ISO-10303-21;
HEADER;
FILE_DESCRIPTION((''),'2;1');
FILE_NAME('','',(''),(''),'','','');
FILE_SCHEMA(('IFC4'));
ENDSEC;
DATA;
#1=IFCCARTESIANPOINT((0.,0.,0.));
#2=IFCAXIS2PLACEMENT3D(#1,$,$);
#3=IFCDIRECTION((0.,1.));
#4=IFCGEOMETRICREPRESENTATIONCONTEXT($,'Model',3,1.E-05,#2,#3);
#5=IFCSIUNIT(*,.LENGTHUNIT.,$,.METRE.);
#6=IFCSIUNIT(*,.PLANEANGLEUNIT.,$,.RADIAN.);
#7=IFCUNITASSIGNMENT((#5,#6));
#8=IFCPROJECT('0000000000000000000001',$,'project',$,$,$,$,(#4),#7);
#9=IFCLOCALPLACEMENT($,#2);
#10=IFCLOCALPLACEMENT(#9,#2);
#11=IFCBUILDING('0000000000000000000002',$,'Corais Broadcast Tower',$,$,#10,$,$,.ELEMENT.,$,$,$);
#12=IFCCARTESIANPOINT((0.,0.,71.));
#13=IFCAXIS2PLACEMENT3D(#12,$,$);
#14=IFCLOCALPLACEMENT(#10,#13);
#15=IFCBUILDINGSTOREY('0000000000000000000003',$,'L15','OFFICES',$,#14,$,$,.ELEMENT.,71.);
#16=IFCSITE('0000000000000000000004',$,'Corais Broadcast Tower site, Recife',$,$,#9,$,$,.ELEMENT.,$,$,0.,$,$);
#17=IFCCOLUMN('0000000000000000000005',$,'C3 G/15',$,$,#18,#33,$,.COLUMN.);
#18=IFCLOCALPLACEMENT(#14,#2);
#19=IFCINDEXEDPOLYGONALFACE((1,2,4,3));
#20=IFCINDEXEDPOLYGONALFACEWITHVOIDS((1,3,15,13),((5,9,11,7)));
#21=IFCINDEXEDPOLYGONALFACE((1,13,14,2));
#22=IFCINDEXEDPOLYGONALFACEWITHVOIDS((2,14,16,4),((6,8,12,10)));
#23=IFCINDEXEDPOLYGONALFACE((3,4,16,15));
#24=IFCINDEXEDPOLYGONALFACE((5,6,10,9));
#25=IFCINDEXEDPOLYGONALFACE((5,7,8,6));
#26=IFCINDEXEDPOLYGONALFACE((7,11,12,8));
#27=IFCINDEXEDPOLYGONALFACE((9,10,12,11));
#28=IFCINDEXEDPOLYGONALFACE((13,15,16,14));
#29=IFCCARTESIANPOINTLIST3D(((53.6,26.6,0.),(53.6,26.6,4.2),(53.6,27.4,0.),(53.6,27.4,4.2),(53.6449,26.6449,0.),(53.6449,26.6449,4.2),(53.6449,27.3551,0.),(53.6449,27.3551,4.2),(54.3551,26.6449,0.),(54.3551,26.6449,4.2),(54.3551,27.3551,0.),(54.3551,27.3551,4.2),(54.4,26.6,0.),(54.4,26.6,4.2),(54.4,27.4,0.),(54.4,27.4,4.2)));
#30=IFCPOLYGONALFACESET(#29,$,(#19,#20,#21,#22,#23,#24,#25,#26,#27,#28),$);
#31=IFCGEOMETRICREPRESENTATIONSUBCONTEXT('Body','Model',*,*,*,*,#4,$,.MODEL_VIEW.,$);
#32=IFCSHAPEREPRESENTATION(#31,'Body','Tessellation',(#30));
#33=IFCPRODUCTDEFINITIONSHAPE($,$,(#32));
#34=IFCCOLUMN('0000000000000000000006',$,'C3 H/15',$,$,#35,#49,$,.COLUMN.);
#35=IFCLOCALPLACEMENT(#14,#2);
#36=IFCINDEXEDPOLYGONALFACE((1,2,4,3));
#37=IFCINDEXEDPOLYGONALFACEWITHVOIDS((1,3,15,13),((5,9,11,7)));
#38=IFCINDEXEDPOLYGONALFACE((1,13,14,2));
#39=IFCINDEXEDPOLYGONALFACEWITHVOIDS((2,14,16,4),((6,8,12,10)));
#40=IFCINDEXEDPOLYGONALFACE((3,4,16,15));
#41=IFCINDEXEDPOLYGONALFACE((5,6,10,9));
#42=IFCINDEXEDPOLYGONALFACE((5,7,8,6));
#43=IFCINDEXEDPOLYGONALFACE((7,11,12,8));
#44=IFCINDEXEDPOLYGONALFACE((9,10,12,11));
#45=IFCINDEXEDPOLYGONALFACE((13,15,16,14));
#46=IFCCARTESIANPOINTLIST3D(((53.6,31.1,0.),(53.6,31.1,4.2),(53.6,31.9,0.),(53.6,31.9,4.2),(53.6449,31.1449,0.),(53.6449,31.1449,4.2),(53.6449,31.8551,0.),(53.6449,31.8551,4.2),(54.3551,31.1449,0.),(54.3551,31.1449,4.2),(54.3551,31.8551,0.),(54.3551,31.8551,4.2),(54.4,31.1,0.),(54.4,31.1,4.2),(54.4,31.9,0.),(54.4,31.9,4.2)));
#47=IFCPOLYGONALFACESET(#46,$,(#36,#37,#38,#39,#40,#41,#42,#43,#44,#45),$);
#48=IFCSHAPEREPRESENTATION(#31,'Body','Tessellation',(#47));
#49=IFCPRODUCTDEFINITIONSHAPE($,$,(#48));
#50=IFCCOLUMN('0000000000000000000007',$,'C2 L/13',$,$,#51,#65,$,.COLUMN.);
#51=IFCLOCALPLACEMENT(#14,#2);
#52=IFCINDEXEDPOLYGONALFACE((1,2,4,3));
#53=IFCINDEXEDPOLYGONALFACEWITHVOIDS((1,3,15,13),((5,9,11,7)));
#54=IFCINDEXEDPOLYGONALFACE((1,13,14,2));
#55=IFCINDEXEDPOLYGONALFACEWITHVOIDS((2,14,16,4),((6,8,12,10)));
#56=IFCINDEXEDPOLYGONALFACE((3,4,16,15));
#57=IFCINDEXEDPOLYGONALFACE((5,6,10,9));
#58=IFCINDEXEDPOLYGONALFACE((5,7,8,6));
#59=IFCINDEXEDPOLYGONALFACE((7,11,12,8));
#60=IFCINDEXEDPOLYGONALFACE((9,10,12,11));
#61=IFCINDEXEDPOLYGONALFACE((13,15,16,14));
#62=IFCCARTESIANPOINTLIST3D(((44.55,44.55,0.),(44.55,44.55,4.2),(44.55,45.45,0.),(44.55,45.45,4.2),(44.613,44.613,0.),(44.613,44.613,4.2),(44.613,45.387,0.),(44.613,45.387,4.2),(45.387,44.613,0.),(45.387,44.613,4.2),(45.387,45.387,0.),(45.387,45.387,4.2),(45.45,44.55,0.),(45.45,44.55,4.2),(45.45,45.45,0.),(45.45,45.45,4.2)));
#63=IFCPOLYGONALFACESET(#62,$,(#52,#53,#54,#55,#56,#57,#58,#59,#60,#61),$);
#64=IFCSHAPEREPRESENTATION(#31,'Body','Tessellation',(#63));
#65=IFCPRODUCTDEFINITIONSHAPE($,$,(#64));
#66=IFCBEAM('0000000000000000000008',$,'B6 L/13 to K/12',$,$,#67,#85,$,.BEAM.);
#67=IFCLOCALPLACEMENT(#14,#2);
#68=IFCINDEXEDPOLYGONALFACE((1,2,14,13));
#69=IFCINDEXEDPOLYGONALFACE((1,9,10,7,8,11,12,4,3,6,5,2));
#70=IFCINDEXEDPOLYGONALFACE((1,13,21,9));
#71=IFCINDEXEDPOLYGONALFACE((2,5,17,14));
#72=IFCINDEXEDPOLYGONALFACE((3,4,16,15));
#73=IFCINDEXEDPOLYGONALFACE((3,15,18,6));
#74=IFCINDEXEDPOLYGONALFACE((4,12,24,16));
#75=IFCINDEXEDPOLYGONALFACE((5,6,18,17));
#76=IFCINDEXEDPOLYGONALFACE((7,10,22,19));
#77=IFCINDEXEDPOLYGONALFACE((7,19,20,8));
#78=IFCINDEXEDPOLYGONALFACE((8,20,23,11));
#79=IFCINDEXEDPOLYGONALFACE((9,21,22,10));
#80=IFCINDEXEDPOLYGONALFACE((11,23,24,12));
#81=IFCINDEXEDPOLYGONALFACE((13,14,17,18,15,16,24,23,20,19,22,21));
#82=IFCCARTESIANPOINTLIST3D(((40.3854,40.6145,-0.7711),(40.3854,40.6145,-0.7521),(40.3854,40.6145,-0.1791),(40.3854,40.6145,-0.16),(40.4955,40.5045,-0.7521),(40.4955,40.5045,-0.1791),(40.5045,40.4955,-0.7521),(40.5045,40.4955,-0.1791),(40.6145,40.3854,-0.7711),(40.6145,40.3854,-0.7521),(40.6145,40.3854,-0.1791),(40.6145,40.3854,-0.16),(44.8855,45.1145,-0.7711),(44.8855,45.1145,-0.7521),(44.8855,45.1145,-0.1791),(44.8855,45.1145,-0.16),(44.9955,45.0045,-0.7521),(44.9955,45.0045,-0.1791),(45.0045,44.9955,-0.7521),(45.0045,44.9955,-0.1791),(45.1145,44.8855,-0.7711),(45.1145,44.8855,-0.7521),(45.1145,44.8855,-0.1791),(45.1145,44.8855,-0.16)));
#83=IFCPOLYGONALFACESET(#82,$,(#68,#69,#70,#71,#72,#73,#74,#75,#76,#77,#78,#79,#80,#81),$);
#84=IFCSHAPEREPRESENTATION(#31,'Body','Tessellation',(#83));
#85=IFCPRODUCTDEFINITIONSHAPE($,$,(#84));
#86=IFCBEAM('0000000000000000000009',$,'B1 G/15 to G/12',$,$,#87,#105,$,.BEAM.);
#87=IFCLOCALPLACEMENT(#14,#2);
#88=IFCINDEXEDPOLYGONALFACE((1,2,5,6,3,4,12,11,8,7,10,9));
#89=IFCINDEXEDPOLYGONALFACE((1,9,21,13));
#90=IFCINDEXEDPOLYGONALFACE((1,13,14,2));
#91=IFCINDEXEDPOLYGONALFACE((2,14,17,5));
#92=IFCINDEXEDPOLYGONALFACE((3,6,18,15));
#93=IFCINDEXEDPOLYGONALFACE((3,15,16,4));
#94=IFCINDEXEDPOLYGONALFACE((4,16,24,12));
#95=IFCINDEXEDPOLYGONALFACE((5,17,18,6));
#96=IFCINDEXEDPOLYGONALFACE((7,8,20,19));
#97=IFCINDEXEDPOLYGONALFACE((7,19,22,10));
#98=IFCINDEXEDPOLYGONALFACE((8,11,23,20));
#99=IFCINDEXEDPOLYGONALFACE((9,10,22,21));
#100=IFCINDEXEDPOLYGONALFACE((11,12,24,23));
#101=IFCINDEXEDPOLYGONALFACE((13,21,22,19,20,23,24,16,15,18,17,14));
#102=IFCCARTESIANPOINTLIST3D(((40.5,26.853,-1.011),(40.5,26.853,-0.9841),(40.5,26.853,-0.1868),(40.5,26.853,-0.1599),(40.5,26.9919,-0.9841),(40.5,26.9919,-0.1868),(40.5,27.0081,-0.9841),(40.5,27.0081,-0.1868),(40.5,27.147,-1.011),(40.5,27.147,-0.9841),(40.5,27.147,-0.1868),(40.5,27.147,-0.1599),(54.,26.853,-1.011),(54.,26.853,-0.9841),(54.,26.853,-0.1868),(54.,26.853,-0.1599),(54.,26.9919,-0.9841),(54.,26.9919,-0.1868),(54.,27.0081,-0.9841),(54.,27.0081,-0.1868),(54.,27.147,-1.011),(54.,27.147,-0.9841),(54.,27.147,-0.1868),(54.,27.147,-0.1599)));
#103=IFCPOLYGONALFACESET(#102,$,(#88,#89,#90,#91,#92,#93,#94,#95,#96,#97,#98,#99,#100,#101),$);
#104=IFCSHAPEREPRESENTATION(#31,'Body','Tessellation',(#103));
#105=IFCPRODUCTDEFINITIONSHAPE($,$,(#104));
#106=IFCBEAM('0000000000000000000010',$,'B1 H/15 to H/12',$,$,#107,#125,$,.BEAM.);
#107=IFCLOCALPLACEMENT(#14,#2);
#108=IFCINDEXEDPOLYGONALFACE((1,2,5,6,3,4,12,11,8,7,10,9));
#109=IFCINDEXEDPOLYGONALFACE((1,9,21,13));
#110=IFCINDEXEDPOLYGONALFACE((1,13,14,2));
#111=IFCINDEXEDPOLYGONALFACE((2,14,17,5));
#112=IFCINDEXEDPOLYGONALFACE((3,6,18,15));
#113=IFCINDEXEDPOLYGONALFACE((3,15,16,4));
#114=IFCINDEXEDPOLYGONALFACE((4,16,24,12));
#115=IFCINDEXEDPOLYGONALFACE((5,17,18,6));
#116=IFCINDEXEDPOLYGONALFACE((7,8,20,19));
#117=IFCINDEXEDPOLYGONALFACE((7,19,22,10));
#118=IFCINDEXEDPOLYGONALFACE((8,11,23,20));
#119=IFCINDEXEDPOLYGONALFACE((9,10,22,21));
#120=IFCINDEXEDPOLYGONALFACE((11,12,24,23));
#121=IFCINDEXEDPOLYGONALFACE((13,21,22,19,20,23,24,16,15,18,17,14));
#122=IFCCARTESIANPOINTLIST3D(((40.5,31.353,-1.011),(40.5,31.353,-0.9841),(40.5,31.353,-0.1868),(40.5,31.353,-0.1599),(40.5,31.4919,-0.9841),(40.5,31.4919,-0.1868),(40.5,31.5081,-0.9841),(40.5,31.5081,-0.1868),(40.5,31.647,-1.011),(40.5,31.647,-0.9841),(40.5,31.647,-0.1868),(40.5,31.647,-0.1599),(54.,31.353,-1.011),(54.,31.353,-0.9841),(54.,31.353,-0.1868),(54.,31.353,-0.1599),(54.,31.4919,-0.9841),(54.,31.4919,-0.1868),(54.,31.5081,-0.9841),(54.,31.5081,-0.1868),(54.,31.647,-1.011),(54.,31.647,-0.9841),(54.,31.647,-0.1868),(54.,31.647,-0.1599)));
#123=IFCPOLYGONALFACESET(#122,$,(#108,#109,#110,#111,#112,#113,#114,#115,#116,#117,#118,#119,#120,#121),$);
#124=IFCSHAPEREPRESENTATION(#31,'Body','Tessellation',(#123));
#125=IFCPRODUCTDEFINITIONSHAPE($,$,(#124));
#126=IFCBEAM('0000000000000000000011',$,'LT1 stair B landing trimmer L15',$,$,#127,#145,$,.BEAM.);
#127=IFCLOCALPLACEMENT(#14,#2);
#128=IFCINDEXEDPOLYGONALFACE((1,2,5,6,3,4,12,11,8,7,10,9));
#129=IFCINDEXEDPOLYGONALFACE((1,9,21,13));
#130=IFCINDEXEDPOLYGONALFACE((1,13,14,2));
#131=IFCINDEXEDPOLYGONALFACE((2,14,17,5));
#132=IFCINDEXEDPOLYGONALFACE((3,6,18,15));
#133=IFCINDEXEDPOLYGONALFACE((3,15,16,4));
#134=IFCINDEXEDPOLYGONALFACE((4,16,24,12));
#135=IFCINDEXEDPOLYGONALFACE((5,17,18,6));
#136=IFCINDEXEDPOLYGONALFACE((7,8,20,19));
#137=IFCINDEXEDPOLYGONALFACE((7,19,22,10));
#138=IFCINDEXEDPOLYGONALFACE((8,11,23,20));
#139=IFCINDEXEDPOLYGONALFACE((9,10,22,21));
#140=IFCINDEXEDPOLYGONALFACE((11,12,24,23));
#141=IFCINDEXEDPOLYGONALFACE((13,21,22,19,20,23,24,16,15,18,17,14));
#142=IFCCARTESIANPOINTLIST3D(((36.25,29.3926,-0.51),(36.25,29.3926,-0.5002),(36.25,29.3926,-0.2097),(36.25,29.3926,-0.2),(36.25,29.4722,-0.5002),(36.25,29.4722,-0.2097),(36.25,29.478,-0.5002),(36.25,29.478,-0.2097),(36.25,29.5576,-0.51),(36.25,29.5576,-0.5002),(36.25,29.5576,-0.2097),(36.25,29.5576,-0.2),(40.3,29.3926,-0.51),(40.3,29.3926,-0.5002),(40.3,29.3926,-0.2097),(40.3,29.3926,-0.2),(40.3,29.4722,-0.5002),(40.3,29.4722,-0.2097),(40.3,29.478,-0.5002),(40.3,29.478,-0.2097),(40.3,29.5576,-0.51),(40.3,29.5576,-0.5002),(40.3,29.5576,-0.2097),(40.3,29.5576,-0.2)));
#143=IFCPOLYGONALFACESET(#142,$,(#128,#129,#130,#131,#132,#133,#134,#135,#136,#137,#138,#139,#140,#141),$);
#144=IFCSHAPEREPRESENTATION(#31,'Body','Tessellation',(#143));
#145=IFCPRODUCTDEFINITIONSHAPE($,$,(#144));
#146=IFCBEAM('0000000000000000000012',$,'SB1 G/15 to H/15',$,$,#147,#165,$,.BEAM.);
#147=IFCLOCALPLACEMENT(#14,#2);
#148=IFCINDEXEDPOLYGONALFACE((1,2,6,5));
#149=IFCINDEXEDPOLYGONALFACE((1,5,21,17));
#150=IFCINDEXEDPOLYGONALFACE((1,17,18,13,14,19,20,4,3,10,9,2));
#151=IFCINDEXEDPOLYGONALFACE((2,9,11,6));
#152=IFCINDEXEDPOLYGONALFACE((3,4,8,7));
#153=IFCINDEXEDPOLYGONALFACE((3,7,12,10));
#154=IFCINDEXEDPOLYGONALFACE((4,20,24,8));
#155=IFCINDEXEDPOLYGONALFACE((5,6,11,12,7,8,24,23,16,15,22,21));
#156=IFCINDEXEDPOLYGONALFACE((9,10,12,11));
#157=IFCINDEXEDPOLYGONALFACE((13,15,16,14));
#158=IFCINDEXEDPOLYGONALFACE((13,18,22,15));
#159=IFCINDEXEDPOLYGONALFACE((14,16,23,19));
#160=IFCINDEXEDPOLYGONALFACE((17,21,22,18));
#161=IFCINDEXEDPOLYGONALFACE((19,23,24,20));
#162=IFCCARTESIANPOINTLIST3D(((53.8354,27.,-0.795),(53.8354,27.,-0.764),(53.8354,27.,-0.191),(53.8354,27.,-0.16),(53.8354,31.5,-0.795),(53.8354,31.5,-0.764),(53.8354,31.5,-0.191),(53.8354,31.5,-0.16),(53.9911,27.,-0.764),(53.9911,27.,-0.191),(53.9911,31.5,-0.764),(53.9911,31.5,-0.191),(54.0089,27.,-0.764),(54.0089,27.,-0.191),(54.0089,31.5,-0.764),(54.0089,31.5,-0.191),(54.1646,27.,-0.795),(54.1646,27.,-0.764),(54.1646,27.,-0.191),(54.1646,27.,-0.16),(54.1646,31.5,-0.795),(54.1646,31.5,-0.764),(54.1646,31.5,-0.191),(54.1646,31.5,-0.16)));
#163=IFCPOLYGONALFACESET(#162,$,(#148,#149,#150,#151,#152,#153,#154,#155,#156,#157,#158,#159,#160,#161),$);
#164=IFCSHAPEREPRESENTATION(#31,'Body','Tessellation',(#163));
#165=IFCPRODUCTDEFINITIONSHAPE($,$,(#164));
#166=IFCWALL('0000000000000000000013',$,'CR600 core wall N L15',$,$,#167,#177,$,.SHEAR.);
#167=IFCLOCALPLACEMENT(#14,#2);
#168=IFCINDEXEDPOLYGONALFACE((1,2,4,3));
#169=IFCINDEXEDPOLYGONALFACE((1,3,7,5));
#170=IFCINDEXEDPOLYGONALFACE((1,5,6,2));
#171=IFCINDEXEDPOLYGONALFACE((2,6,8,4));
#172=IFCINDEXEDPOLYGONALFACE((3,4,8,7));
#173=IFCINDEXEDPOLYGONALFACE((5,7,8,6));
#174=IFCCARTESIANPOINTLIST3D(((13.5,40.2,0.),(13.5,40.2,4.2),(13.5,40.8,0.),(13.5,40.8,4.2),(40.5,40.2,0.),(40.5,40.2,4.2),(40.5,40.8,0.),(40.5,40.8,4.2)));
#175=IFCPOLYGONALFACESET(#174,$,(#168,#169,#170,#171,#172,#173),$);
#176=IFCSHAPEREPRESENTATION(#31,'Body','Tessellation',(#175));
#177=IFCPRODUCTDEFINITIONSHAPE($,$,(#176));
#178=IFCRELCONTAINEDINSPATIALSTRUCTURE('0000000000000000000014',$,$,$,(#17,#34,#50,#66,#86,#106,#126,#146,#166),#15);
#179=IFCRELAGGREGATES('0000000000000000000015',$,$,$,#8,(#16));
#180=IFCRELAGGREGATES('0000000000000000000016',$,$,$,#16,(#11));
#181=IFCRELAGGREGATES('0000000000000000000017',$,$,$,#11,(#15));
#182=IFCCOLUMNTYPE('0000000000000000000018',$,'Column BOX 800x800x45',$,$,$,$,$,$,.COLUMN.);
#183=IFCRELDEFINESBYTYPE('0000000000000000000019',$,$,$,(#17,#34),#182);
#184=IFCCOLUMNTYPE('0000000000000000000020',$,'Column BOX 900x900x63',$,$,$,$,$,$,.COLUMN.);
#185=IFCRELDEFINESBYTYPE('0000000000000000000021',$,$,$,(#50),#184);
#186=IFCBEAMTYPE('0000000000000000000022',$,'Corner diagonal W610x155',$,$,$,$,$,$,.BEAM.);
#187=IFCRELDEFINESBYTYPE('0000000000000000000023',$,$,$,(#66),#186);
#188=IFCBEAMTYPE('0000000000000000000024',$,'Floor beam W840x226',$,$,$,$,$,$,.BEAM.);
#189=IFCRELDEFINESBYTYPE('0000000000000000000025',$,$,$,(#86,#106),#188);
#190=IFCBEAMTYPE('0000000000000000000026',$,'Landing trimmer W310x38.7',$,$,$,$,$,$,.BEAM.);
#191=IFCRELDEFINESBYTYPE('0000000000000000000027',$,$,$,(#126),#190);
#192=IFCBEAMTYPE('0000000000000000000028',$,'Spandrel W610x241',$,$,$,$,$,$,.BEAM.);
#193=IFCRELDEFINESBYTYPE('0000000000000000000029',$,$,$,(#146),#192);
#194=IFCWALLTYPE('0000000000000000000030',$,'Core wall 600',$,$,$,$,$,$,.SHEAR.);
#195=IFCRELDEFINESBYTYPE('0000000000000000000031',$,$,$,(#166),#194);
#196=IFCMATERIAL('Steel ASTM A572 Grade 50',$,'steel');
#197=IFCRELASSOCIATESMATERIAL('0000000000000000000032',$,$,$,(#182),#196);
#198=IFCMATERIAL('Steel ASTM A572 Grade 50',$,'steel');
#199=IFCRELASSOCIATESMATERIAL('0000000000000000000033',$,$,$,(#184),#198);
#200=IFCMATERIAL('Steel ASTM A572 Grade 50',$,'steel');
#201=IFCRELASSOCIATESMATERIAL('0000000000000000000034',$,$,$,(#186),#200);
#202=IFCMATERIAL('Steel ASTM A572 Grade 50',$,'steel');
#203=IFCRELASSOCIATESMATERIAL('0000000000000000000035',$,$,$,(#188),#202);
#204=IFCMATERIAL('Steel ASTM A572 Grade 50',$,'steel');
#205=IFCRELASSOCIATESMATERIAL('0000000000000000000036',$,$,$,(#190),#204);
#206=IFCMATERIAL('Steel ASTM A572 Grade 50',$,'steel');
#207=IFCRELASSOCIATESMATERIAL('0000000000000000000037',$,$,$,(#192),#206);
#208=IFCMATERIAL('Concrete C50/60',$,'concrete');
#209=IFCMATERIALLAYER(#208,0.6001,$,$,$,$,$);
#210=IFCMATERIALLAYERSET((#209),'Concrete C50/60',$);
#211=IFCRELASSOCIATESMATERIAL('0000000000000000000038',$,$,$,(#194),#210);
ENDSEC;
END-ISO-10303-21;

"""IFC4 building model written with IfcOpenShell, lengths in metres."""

from ifc_helpers import new_model, si_unit, direction, frame, frame_2d, origin, origin_2d, place, context, subcontext, project, spatial, rectangle, hollow_rectangle, i_section, extrude, material, layer, layer_set, material_profile, profile_set, type_object, element, save


model = new_model("IFC4")

# Units and contexts
model_context = context("Model", 3, precision=1e-05, world=origin(), true_north=direction((0.0, 1.0)))
body_context = subcontext(model_context, "Body", "Model", "MODEL_VIEW")
ifc_project = project(units=[si_unit("LENGTHUNIT", "METRE"), si_unit("PLANEANGLEUNIT", "RADIAN")], contexts=[model_context])

# Site, building, storey
site_placement = place(None, origin())
site = spatial("IfcSite", under=ifc_project, at=site_placement, Name="Corais Broadcast Tower site, Recife", CompositionType="ELEMENT", RefElevation=0.0)
building_placement = place(site_placement, origin())
building = spatial("IfcBuilding", under=site, at=building_placement, Name="Corais Broadcast Tower", CompositionType="ELEMENT")
storey_placement = place(building_placement, frame((0.0, 0.0, 71.0)))
storey = spatial("IfcBuildingStorey", under=building, at=storey_placement, Name="L15", Description="OFFICES", CompositionType="ELEMENT", Elevation=71.0)

# Columns
ifc_material_1 = material(Name="Steel ASTM A572 Grade 50", Category="steel")
ifc_material_profile_1 = material_profile(ifc_material_1, hollow_rectangle(XDim=0.8, YDim=0.8, WallThickness=0.0449, at=origin_2d()), Name="BOX 800x800x45")
ifc_profile_set_1 = profile_set([ifc_material_profile_1], Name="Steel ASTM A572 Grade 50")
column_type_1 = type_object("IfcColumnType", Name="Column BOX 800x800x45", PredefinedType="COLUMN", material=ifc_profile_set_1)
for number, where, z_axis, x_axis, name in (
    (1, (54.0, 27.0, 0.0), (0.0, 0.0, 1.0), (1.0, 0.0, 0.0), "C3 G/15"),
    (2, (54.0, 31.5, 0.0), (0.0, 0.0, 1.0), (1.0, 0.0, 0.0), "C3 H/15"),
):
    element("IfcColumn", number, at=place(storey_placement, frame(where, z_axis=z_axis, x_axis=x_axis)), inside=storey, type_object=column_type_1, Name=name, PredefinedType="COLUMN", context=body_context, shape_type="SweptSolid", body=[
        extrude(hollow_rectangle(XDim=0.8, YDim=0.8, WallThickness=0.0449, at=origin_2d()), origin(), (0.0, 0.0, 1.0), 4.2),
    ])
ifc_material_2 = material(Name="Steel ASTM A572 Grade 50", Category="steel")
ifc_material_profile_2 = material_profile(ifc_material_2, hollow_rectangle(XDim=0.8999, YDim=0.8999, WallThickness=0.063, at=origin_2d()), Name="BOX 900x900x63")
ifc_profile_set_2 = profile_set([ifc_material_profile_2], Name="Steel ASTM A572 Grade 50")
column_type_2 = type_object("IfcColumnType", Name="Column BOX 900x900x63", PredefinedType="COLUMN", material=ifc_profile_set_2)
column_placement = place(storey_placement, frame((45.0, 45.0, 0.0), z_axis=(0.0, 0.0, 1.0), x_axis=(1.0, 0.0, 0.0)))
element("IfcColumn", 3, at=column_placement, inside=storey, type_object=column_type_2, Name="C2 L/13", PredefinedType="COLUMN", context=body_context, shape_type="SweptSolid", body=[
    extrude(hollow_rectangle(XDim=0.8999, YDim=0.8999, WallThickness=0.063, at=origin_2d()), origin(), (0.0, 0.0, 1.0), 4.2),
])

# Beams
ifc_material_3 = material(Name="Steel ASTM A572 Grade 50", Category="steel")
ifc_material_profile_3 = material_profile(ifc_material_3, i_section(OverallWidth=0.324, OverallDepth=0.6111, WebThickness=0.0127, FlangeThickness=0.019, at=origin_2d()), Name="W610x155")
ifc_profile_set_3 = profile_set([ifc_material_profile_3], Name="Steel ASTM A572 Grade 50")
beam_type_1 = type_object("IfcBeamType", Name="Corner diagonal W610x155", PredefinedType="BEAM", material=ifc_profile_set_3)
beam_1_placement = place(storey_placement, frame((45.0, 45.0, -0.4656), z_axis=(-0.707107, -0.707107, 0.0), x_axis=(0.707107, -0.707107, 0.0)))
element("IfcBeam", 4, at=beam_1_placement, inside=storey, type_object=beam_type_1, Name="B6 L/13 to K/12", PredefinedType="BEAM", context=body_context, shape_type="SweptSolid", body=[
    extrude(i_section(OverallWidth=0.324, OverallDepth=0.6111, WebThickness=0.0127, FlangeThickness=0.019, at=origin_2d()), origin(), (0.0, 0.0, 1.0), 6.364),
])
ifc_material_4 = material(Name="Steel ASTM A572 Grade 50", Category="steel")
ifc_material_profile_4 = material_profile(ifc_material_4, i_section(OverallWidth=0.2939, OverallDepth=0.8511, WebThickness=0.0161, FlangeThickness=0.0269, at=origin_2d()), Name="W840x226")
ifc_profile_set_4 = profile_set([ifc_material_profile_4], Name="Steel ASTM A572 Grade 50")
beam_type_2 = type_object("IfcBeamType", Name="Floor beam W840x226", PredefinedType="BEAM", material=ifc_profile_set_4)
for number, where, z_axis, x_axis, name in (
    (5, (54.0, 27.0, -0.5854), (-1.0, 0.0, 0.0), (0.0, -1.0, 0.0), "B1 G/15 to G/12"),
    (6, (54.0, 31.5, -0.5854), (-1.0, 0.0, 0.0), (0.0, -1.0, 0.0), "B1 H/15 to H/12"),
):
    element("IfcBeam", number, at=place(storey_placement, frame(where, z_axis=z_axis, x_axis=x_axis)), inside=storey, type_object=beam_type_2, Name=name, PredefinedType="BEAM", context=body_context, shape_type="SweptSolid", body=[
        extrude(i_section(OverallWidth=0.2939, OverallDepth=0.8511, WebThickness=0.0161, FlangeThickness=0.0269, at=origin_2d()), origin(), (0.0, 0.0, 1.0), 13.5),
    ])
ifc_material_5 = material(Name="Steel ASTM A572 Grade 50", Category="steel")
ifc_material_profile_5 = material_profile(ifc_material_5, i_section(OverallWidth=0.165, OverallDepth=0.3101, WebThickness=0.0059, FlangeThickness=0.0098, at=origin_2d()), Name="W310x38.7")
ifc_profile_set_5 = profile_set([ifc_material_profile_5], Name="Steel ASTM A572 Grade 50")
beam_type_3 = type_object("IfcBeamType", Name="Landing trimmer W310x38.7", PredefinedType="BEAM", material=ifc_profile_set_5)
beam_2_placement = place(storey_placement, frame((36.25, 29.4751, -0.355), z_axis=(1.0, 0.0, 0.0), x_axis=(0.0, 1.0, 0.0)))
element("IfcBeam", 7, at=beam_2_placement, inside=storey, type_object=beam_type_3, Name="LT1 stair B landing trimmer L15", PredefinedType="BEAM", context=body_context, shape_type="SweptSolid", body=[
    extrude(i_section(OverallWidth=0.165, OverallDepth=0.3101, WebThickness=0.0059, FlangeThickness=0.0098, at=origin_2d()), origin(), (0.0, 0.0, 1.0), 4.05),
])
ifc_material_6 = material(Name="Steel ASTM A572 Grade 50", Category="steel")
ifc_material_profile_6 = material_profile(ifc_material_6, i_section(OverallWidth=0.3291, OverallDepth=0.635, WebThickness=0.0178, FlangeThickness=0.031, at=origin_2d()), Name="W610x241")
ifc_profile_set_6 = profile_set([ifc_material_profile_6], Name="Steel ASTM A572 Grade 50")
beam_type_4 = type_object("IfcBeamType", Name="Spandrel W610x241", PredefinedType="BEAM", material=ifc_profile_set_6)
beam_3_placement = place(storey_placement, frame((54.0, 27.0, -0.4775), z_axis=(0.0, 1.0, 0.0), x_axis=(-1.0, 0.0, 0.0)))
element("IfcBeam", 8, at=beam_3_placement, inside=storey, type_object=beam_type_4, Name="SB1 G/15 to H/15", PredefinedType="BEAM", context=body_context, shape_type="SweptSolid", body=[
    extrude(i_section(OverallWidth=0.3291, OverallDepth=0.635, WebThickness=0.0178, FlangeThickness=0.031, at=origin_2d()), origin(), (0.0, 0.0, 1.0), 4.5),
])

# Wall
ifc_material_7 = material(Name="Concrete C50/60", Category="concrete")
ifc_layer_1 = layer(ifc_material_7, 0.6001)
ifc_layer_set_1 = layer_set([ifc_layer_1], Name="Concrete C50/60")
wall_type_1 = type_object("IfcWallType", Name="Core wall 600", PredefinedType="SHEAR", material=ifc_layer_set_1)
wall_1_placement = place(storey_placement, frame((40.5, 40.5, 0.0), z_axis=(0.0, 0.0, 1.0), x_axis=(-1.0, 0.0, 0.0)))
element("IfcWall", 9, at=wall_1_placement, inside=storey, type_object=wall_type_1, Name="CR600 core wall N L15", PredefinedType="SHEAR", context=body_context, shape_type="SweptSolid", body=[
    extrude(rectangle(XDim=27.0, YDim=0.6001, at=frame_2d((13.5, 0.0))), origin(), (0.0, 0.0, 1.0), 4.2),
])

save(model, "model.ifc")
